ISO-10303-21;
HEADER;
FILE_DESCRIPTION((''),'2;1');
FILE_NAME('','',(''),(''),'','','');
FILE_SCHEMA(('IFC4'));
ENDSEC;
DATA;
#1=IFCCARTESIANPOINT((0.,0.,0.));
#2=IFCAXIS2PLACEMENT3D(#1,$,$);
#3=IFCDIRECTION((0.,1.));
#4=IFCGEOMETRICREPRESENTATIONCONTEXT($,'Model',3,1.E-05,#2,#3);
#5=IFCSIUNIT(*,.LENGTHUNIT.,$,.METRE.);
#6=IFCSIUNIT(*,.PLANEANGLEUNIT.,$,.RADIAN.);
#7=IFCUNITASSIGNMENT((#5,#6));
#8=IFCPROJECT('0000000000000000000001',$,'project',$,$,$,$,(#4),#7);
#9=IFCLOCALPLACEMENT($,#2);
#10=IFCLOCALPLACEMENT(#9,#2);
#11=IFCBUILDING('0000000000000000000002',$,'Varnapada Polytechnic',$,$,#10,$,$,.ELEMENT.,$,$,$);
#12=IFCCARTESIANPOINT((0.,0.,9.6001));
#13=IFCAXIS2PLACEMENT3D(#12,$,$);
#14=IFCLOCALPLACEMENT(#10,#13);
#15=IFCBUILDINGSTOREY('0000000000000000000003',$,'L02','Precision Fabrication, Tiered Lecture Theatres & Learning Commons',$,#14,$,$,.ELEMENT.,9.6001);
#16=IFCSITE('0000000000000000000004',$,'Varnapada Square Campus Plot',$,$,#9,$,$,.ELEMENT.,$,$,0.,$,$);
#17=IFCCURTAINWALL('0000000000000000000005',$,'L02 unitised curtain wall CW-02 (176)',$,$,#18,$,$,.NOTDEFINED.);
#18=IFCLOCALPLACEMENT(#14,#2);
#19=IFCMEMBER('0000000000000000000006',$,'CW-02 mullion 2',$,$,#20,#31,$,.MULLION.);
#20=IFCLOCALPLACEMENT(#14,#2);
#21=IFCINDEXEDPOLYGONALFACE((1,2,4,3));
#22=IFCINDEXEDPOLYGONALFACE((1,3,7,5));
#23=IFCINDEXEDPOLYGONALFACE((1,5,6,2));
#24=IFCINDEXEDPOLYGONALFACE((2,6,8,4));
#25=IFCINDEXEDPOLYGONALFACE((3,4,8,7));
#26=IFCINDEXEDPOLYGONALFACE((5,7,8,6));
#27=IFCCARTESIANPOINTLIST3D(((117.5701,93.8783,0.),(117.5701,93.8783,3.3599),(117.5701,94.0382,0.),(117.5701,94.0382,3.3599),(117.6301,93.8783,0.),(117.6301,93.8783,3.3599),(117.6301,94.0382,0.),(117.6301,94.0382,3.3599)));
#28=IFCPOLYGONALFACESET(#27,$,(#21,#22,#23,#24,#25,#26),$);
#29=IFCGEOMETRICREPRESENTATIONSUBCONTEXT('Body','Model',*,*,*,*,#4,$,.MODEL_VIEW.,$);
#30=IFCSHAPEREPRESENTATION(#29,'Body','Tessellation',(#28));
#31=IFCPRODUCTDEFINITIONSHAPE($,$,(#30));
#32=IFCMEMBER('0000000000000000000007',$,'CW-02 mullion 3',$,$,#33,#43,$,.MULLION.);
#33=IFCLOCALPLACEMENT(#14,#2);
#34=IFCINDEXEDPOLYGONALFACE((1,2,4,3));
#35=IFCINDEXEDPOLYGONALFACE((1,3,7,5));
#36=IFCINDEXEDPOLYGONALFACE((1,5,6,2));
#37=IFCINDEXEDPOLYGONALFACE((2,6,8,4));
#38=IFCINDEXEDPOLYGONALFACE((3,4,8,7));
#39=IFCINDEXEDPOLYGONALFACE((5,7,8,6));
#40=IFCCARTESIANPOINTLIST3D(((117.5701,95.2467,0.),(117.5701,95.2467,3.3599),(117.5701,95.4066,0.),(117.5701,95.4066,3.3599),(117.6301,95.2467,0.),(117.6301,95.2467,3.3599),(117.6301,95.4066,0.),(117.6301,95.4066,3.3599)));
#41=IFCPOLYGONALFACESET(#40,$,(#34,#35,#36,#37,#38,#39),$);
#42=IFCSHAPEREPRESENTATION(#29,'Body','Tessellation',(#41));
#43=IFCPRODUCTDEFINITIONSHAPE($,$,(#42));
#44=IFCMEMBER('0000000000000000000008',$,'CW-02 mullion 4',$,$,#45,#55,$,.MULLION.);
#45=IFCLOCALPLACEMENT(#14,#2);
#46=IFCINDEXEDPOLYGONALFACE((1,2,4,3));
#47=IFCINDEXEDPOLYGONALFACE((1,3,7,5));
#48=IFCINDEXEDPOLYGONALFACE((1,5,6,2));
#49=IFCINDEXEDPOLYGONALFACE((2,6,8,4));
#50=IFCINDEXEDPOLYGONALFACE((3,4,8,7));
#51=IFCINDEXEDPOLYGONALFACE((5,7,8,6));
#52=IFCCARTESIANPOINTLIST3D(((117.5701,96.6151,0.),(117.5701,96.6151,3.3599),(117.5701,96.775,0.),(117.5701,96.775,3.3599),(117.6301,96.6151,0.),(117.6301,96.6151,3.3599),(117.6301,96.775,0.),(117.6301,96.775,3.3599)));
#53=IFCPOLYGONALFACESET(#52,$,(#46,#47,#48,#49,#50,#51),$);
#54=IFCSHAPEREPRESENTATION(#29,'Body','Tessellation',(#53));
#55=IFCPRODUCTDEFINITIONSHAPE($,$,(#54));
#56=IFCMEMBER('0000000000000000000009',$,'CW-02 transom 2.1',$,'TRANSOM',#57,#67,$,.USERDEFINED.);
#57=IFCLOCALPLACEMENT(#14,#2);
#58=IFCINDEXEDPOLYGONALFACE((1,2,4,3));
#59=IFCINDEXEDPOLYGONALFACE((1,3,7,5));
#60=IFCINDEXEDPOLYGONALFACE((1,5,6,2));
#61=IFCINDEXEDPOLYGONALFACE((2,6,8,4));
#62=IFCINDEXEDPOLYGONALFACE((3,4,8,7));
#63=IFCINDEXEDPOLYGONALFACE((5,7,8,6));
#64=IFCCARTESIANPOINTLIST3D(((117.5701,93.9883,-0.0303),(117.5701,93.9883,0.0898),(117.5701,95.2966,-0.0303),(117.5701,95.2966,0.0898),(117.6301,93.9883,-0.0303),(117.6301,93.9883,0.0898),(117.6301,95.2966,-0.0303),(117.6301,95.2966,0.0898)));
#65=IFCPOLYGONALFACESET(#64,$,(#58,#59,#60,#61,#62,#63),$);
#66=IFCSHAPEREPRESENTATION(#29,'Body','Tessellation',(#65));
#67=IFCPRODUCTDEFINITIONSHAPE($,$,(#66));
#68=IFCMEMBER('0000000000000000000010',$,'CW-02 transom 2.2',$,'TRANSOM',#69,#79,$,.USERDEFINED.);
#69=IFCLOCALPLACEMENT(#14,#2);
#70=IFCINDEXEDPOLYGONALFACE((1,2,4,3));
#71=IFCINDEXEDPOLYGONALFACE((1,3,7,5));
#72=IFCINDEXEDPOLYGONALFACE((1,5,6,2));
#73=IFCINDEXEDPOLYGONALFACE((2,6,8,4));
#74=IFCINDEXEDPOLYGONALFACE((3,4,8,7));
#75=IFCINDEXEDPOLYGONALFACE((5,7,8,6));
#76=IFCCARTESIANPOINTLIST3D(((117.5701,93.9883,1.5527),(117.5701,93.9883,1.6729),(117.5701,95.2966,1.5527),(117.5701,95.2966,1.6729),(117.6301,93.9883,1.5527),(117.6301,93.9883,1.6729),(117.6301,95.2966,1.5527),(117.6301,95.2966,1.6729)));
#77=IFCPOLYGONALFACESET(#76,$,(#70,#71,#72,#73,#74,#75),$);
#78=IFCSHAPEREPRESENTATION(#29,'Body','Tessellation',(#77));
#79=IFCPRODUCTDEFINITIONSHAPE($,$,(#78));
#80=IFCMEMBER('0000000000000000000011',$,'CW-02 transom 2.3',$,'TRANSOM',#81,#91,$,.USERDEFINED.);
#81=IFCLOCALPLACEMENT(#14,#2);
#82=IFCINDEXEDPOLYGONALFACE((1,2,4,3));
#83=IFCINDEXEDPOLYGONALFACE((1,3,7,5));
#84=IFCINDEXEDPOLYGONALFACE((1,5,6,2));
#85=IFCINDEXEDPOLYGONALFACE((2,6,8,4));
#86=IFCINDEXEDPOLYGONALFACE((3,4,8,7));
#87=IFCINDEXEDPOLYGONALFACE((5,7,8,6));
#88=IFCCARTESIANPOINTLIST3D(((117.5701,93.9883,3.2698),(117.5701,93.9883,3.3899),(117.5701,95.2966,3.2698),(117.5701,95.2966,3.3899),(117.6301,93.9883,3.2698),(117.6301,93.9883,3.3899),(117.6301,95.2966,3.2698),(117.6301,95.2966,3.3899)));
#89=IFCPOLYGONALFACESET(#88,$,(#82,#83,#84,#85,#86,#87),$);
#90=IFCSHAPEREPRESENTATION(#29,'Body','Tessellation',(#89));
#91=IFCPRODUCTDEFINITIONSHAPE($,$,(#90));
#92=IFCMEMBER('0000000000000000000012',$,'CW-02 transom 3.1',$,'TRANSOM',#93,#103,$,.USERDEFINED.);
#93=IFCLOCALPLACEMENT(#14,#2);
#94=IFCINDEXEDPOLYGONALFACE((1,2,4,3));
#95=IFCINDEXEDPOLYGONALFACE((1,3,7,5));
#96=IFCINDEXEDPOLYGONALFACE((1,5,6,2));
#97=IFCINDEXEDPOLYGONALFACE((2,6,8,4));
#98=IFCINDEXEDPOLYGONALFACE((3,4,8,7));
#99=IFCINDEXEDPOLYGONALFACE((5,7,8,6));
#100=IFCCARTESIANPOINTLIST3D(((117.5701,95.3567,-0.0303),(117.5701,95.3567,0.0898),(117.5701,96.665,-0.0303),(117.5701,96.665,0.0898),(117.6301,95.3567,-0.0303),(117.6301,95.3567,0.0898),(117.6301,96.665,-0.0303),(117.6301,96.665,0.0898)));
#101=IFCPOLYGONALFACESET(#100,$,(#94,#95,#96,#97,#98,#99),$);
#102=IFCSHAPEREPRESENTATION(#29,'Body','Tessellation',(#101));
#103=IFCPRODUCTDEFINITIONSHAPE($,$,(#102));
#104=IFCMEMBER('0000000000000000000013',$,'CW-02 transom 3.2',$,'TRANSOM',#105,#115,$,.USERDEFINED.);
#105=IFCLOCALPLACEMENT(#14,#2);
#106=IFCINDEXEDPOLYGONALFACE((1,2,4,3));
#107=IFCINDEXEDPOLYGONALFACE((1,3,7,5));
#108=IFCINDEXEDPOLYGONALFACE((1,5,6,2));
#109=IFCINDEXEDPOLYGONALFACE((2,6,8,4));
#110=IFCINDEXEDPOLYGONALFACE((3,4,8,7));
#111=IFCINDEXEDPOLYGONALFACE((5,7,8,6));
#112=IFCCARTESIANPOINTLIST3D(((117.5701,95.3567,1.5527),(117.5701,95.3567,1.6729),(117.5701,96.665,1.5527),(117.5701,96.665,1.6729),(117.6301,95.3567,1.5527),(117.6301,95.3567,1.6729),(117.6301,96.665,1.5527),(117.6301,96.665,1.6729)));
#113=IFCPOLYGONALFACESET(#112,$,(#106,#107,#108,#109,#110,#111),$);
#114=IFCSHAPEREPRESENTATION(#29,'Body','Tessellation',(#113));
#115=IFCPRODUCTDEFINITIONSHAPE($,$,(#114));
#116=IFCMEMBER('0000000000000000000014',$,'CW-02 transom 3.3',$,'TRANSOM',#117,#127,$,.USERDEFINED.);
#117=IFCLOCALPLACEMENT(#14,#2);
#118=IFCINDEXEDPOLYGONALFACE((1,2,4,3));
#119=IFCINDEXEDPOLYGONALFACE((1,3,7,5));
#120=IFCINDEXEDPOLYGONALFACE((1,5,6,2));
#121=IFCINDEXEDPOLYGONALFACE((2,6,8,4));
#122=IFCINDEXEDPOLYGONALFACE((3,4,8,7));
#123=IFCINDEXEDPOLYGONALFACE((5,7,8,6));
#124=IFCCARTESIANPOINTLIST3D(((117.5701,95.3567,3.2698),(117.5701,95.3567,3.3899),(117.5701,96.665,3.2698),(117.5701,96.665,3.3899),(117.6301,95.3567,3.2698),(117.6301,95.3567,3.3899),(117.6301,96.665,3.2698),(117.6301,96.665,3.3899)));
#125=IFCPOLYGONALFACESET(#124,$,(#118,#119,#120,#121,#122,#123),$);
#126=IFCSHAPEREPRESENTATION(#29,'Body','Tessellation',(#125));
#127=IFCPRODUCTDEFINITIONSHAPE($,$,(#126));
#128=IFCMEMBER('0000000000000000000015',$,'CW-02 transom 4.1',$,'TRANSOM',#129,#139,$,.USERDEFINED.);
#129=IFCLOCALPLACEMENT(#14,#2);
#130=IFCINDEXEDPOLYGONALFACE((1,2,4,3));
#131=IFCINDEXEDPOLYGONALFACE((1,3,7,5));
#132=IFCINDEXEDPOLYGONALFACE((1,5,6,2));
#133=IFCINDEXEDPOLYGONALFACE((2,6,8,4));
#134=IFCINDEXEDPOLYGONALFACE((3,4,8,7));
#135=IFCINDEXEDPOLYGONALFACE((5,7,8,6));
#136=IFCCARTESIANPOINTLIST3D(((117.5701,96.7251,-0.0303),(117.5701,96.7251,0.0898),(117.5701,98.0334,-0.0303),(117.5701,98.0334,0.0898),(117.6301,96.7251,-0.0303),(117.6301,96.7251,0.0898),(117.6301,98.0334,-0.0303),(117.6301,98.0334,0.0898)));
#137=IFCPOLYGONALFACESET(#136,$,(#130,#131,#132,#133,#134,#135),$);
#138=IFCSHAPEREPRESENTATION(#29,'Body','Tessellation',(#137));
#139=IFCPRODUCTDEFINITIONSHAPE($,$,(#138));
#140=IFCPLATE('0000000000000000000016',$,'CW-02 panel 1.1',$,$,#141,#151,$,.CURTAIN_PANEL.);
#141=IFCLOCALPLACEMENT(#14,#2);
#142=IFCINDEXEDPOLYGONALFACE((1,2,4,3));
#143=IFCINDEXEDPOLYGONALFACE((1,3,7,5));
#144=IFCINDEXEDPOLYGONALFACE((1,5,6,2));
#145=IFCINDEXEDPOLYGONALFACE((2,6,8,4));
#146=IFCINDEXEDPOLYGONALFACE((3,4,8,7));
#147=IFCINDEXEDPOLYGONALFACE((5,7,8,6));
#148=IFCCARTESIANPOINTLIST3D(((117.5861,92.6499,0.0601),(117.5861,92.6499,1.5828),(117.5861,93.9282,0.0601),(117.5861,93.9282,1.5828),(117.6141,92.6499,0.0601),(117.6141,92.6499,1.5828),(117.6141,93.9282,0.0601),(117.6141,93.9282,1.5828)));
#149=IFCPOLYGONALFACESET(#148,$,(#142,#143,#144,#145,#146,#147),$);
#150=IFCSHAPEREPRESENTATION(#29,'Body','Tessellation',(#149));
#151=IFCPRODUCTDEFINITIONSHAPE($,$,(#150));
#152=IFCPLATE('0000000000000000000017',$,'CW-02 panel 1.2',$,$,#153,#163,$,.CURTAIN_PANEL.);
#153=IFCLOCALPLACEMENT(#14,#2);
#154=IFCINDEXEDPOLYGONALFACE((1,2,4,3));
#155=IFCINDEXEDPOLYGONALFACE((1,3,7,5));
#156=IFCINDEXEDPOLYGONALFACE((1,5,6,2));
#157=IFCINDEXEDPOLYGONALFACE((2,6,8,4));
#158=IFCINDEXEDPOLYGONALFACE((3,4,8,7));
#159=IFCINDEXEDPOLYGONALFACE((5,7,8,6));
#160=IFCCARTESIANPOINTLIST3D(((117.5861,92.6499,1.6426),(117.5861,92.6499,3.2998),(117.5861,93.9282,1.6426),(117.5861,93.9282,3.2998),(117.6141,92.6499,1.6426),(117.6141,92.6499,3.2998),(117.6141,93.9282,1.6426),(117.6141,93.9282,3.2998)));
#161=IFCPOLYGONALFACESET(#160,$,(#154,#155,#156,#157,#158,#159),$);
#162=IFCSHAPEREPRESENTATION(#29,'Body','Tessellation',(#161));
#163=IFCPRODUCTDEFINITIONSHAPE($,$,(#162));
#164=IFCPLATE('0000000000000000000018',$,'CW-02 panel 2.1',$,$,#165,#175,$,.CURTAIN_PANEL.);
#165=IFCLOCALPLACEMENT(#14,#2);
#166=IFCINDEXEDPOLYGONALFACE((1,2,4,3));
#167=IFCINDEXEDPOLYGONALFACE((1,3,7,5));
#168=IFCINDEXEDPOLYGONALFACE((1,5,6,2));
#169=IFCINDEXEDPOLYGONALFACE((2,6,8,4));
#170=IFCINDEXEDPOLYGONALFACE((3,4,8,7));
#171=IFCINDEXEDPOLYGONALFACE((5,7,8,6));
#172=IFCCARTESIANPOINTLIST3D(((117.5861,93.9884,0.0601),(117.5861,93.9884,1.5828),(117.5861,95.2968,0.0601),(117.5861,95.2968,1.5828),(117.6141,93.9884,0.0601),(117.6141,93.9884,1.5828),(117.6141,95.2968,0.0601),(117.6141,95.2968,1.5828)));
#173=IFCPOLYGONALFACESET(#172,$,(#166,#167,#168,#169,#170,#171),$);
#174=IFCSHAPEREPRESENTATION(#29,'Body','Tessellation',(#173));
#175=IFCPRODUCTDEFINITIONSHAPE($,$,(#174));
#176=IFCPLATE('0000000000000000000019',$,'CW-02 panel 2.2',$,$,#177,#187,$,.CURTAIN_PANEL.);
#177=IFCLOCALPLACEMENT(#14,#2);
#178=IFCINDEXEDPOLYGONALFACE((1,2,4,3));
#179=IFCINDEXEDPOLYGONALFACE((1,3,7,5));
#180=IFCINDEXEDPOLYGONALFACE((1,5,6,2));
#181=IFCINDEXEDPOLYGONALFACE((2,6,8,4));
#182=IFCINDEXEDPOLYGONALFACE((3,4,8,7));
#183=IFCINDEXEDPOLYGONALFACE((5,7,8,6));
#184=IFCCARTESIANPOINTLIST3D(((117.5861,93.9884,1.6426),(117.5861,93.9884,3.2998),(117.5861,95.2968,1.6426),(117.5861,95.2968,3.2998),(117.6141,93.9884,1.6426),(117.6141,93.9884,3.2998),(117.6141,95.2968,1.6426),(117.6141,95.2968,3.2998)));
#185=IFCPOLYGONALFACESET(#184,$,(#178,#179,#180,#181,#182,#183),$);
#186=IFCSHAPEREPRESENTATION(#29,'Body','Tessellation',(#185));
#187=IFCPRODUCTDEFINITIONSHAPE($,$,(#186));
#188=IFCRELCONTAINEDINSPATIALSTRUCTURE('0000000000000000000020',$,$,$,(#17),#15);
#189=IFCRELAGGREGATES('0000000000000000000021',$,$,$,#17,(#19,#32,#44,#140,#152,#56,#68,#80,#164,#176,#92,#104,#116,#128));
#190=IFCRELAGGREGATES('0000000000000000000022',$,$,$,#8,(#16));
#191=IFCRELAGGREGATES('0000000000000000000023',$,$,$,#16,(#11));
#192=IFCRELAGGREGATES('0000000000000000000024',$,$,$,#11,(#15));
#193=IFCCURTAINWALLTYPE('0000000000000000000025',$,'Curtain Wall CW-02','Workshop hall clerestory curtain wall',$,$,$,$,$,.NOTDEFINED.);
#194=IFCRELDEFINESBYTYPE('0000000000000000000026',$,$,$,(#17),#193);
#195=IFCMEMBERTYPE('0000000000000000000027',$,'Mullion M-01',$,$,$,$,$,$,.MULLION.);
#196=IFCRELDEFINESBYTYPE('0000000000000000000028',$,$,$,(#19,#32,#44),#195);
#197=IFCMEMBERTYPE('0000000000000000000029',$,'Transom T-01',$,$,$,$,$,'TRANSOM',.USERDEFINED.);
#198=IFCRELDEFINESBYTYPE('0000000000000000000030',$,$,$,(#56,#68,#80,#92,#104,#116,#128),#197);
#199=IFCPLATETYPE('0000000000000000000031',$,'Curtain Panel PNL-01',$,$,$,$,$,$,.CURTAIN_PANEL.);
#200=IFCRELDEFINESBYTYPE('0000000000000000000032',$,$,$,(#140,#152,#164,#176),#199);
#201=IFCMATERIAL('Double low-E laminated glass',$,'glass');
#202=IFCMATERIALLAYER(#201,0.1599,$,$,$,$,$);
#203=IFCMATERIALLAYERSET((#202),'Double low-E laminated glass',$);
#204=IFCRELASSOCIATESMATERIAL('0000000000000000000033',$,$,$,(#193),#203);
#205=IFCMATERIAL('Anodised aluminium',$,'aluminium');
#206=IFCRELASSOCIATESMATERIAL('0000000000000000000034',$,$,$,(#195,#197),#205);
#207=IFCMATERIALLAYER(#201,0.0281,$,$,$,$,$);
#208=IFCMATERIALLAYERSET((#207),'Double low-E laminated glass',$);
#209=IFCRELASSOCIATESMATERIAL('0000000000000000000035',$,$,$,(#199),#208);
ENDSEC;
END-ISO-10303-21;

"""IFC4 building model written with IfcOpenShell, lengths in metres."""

from ifc_helpers import new_model, si_unit, direction, frame, origin, origin_2d, place, context, subcontext, project, spatial, rectangle, extrude, material, layer, layer_set, material_profile, profile_set, type_object, element, aggregate, save


model = new_model("IFC4")

# Units and contexts
model_context = context("Model", 3, precision=1e-05, world=origin(), true_north=direction((0.0, 1.0)))
body_context = subcontext(model_context, "Body", "Model", "MODEL_VIEW")
ifc_project = project(units=[si_unit("LENGTHUNIT", "METRE"), si_unit("PLANEANGLEUNIT", "RADIAN")], contexts=[model_context])

# Site, building, storey
site_placement = place(None, origin())
site = spatial("IfcSite", under=ifc_project, at=site_placement, Name="Varnapada Square Campus Plot", CompositionType="ELEMENT", RefElevation=0.0)
building_placement = place(site_placement, origin())
building = spatial("IfcBuilding", under=site, at=building_placement, Name="Varnapada Polytechnic", CompositionType="ELEMENT")
storey_placement = place(building_placement, frame((0.0, 0.0, 9.6001)))
storey = spatial("IfcBuildingStorey", under=building, at=storey_placement, Name="L02", Description="Precision Fabrication, Tiered Lecture Theatres & Learning Commons", CompositionType="ELEMENT", Elevation=9.6001)

# Curtain wall, members, plates
ifc_material_1 = material(Name="Double low-E laminated glass", Category="glass")
ifc_layer_1 = layer(ifc_material_1, 0.1599)
ifc_layer_set_1 = layer_set([ifc_layer_1], Name="Double low-E laminated glass")
curtain_wall_type = type_object("IfcCurtainWallType", Name="Curtain Wall CW-02", Description="Workshop hall clerestory curtain wall", PredefinedType="NOTDEFINED", material=ifc_layer_set_1)
curtain_wall_placement = place(storey_placement, origin())
curtain_wall = element("IfcCurtainWall", 1, at=curtain_wall_placement, inside=storey, type_object=curtain_wall_type, Name="L02 unitised curtain wall CW-02 (176)", PredefinedType="NOTDEFINED")
ifc_material_2 = material(Name="Anodised aluminium", Category="aluminium")
ifc_material_profile_1 = material_profile(ifc_material_2, rectangle(XDim=0.0601, YDim=0.1599, at=origin_2d()), Name="ALU M60x160")
ifc_profile_set_1 = profile_set([ifc_material_profile_1], Name="Anodised aluminium")
member_type_1 = type_object("IfcMemberType", Name="Mullion M-01", PredefinedType="MULLION", material=ifc_profile_set_1)
member_1_placement = place(storey_placement, frame((117.6001, 93.9583, 0.0), z_axis=(0.0, 0.0, 1.0), x_axis=(-1.0, 0.0, 0.0)))
member_1 = element("IfcMember", 2, at=member_1_placement, type_object=member_type_1, Name="CW-02 mullion 2", PredefinedType="MULLION", context=body_context, shape_type="SweptSolid", body=[
    extrude(rectangle(XDim=0.0601, YDim=0.1599, at=origin_2d()), origin(), (0.0, 0.0, 1.0), 3.3599),
])
member_2_placement = place(storey_placement, frame((117.6001, 95.3267, 0.0), z_axis=(0.0, 0.0, 1.0), x_axis=(-1.0, 0.0, 0.0)))
member_2 = element("IfcMember", 3, at=member_2_placement, type_object=member_type_1, Name="CW-02 mullion 3", PredefinedType="MULLION", context=body_context, shape_type="SweptSolid", body=[
    extrude(rectangle(XDim=0.0601, YDim=0.1599, at=origin_2d()), origin(), (0.0, 0.0, 1.0), 3.3599),
])
member_3_placement = place(storey_placement, frame((117.6001, 96.6951, 0.0), z_axis=(0.0, 0.0, 1.0), x_axis=(-1.0, 0.0, 0.0)))
member_3 = element("IfcMember", 4, at=member_3_placement, type_object=member_type_1, Name="CW-02 mullion 4", PredefinedType="MULLION", context=body_context, shape_type="SweptSolid", body=[
    extrude(rectangle(XDim=0.0601, YDim=0.1599, at=origin_2d()), origin(), (0.0, 0.0, 1.0), 3.3599),
])
ifc_material_profile_2 = material_profile(ifc_material_2, rectangle(XDim=0.0601, YDim=0.1201, at=origin_2d()), Name="ALU T60x120")
ifc_profile_set_2 = profile_set([ifc_material_profile_2], Name="Anodised aluminium")
member_type_2 = type_object("IfcMemberType", Name="Transom T-01", ElementType="TRANSOM", PredefinedType="USERDEFINED", material=ifc_profile_set_2)
member_4_placement = place(storey_placement, frame((117.6001, 93.9883, 0.0298), z_axis=(0.0, 1.0, 0.0), x_axis=(-1.0, 0.0, 0.0)))
member_4 = element("IfcMember", 5, at=member_4_placement, type_object=member_type_2, Name="CW-02 transom 2.1", ObjectType="TRANSOM", PredefinedType="USERDEFINED", context=body_context, shape_type="SweptSolid", body=[
    extrude(rectangle(XDim=0.0601, YDim=0.1201, at=origin_2d()), origin(), (0.0, 0.0, 1.0), 1.3083),
])
member_5_placement = place(storey_placement, frame((117.6001, 93.9883, 1.6128), z_axis=(0.0, 1.0, 0.0), x_axis=(-1.0, 0.0, 0.0)))
member_5 = element("IfcMember", 6, at=member_5_placement, type_object=member_type_2, Name="CW-02 transom 2.2", ObjectType="TRANSOM", PredefinedType="USERDEFINED", context=body_context, shape_type="SweptSolid", body=[
    extrude(rectangle(XDim=0.0601, YDim=0.1201, at=origin_2d()), origin(), (0.0, 0.0, 1.0), 1.3083),
])
member_6_placement = place(storey_placement, frame((117.6001, 93.9883, 3.3298), z_axis=(0.0, 1.0, 0.0), x_axis=(-1.0, 0.0, 0.0)))
member_6 = element("IfcMember", 7, at=member_6_placement, type_object=member_type_2, Name="CW-02 transom 2.3", ObjectType="TRANSOM", PredefinedType="USERDEFINED", context=body_context, shape_type="SweptSolid", body=[
    extrude(rectangle(XDim=0.0601, YDim=0.1201, at=origin_2d()), origin(), (0.0, 0.0, 1.0), 1.3083),
])
member_7_placement = place(storey_placement, frame((117.6001, 95.3567, 0.0298), z_axis=(0.0, 1.0, 0.0), x_axis=(-1.0, 0.0, 0.0)))
member_7 = element("IfcMember", 8, at=member_7_placement, type_object=member_type_2, Name="CW-02 transom 3.1", ObjectType="TRANSOM", PredefinedType="USERDEFINED", context=body_context, shape_type="SweptSolid", body=[
    extrude(rectangle(XDim=0.0601, YDim=0.1201, at=origin_2d()), origin(), (0.0, 0.0, 1.0), 1.3083),
])
member_8_placement = place(storey_placement, frame((117.6001, 95.3567, 1.6128), z_axis=(0.0, 1.0, 0.0), x_axis=(-1.0, 0.0, 0.0)))
member_8 = element("IfcMember", 9, at=member_8_placement, type_object=member_type_2, Name="CW-02 transom 3.2", ObjectType="TRANSOM", PredefinedType="USERDEFINED", context=body_context, shape_type="SweptSolid", body=[
    extrude(rectangle(XDim=0.0601, YDim=0.1201, at=origin_2d()), origin(), (0.0, 0.0, 1.0), 1.3083),
])
member_9_placement = place(storey_placement, frame((117.6001, 95.3567, 3.3298), z_axis=(0.0, 1.0, 0.0), x_axis=(-1.0, 0.0, 0.0)))
member_9 = element("IfcMember", 10, at=member_9_placement, type_object=member_type_2, Name="CW-02 transom 3.3", ObjectType="TRANSOM", PredefinedType="USERDEFINED", context=body_context, shape_type="SweptSolid", body=[
    extrude(rectangle(XDim=0.0601, YDim=0.1201, at=origin_2d()), origin(), (0.0, 0.0, 1.0), 1.3083),
])
member_10_placement = place(storey_placement, frame((117.6001, 96.7251, 0.0298), z_axis=(0.0, 1.0, 0.0), x_axis=(-1.0, 0.0, 0.0)))
member_10 = element("IfcMember", 11, at=member_10_placement, type_object=member_type_2, Name="CW-02 transom 4.1", ObjectType="TRANSOM", PredefinedType="USERDEFINED", context=body_context, shape_type="SweptSolid", body=[
    extrude(rectangle(XDim=0.0601, YDim=0.1201, at=origin_2d()), origin(), (0.0, 0.0, 1.0), 1.3083),
])
ifc_layer_2 = layer(ifc_material_1, 0.0281)
ifc_layer_set_2 = layer_set([ifc_layer_2], Name="Double low-E laminated glass")
plate_type = type_object("IfcPlateType", Name="Curtain Panel PNL-01", PredefinedType="CURTAIN_PANEL", material=ifc_layer_set_2)
plate_1_placement = place(storey_placement, frame((117.6001, 93.2891, 0.0601), z_axis=(0.0, 0.0, 1.0), x_axis=(0.0, 1.0, 0.0)))
plate_1 = element("IfcPlate", 12, at=plate_1_placement, type_object=plate_type, Name="CW-02 panel 1.1", PredefinedType="CURTAIN_PANEL", context=body_context, shape_type="SweptSolid", body=[
    extrude(rectangle(XDim=1.2783, YDim=0.0281, at=origin_2d()), origin(), (0.0, 0.0, 1.0), 1.5227),
])
plate_2_placement = place(storey_placement, frame((117.6001, 93.2891, 1.6426), z_axis=(0.0, 0.0, 1.0), x_axis=(0.0, 1.0, 0.0)))
plate_2 = element("IfcPlate", 13, at=plate_2_placement, type_object=plate_type, Name="CW-02 panel 1.2", PredefinedType="CURTAIN_PANEL", context=body_context, shape_type="SweptSolid", body=[
    extrude(rectangle(XDim=1.2783, YDim=0.0281, at=origin_2d()), origin(), (0.0, 0.0, 1.0), 1.6572),
])
plate_3_placement = place(storey_placement, frame((117.6001, 94.6426, 0.0601), z_axis=(0.0, 0.0, 1.0), x_axis=(0.0, 1.0, 0.0)))
plate_3 = element("IfcPlate", 14, at=plate_3_placement, type_object=plate_type, Name="CW-02 panel 2.1", PredefinedType="CURTAIN_PANEL", context=body_context, shape_type="SweptSolid", body=[
    extrude(rectangle(XDim=1.3083, YDim=0.0281, at=origin_2d()), origin(), (0.0, 0.0, 1.0), 1.5227),
])
plate_4_placement = place(storey_placement, frame((117.6001, 94.6426, 1.6426), z_axis=(0.0, 0.0, 1.0), x_axis=(0.0, 1.0, 0.0)))
plate_4 = element("IfcPlate", 15, at=plate_4_placement, type_object=plate_type, Name="CW-02 panel 2.2", PredefinedType="CURTAIN_PANEL", context=body_context, shape_type="SweptSolid", body=[
    extrude(rectangle(XDim=1.3083, YDim=0.0281, at=origin_2d()), origin(), (0.0, 0.0, 1.0), 1.6572),
])
aggregate(curtain_wall, [member_1, member_2, member_3, plate_1, plate_2, member_4, member_5, member_6, plate_3, plate_4, member_7, member_8, member_9, member_10])

save(model, "model.ifc")
